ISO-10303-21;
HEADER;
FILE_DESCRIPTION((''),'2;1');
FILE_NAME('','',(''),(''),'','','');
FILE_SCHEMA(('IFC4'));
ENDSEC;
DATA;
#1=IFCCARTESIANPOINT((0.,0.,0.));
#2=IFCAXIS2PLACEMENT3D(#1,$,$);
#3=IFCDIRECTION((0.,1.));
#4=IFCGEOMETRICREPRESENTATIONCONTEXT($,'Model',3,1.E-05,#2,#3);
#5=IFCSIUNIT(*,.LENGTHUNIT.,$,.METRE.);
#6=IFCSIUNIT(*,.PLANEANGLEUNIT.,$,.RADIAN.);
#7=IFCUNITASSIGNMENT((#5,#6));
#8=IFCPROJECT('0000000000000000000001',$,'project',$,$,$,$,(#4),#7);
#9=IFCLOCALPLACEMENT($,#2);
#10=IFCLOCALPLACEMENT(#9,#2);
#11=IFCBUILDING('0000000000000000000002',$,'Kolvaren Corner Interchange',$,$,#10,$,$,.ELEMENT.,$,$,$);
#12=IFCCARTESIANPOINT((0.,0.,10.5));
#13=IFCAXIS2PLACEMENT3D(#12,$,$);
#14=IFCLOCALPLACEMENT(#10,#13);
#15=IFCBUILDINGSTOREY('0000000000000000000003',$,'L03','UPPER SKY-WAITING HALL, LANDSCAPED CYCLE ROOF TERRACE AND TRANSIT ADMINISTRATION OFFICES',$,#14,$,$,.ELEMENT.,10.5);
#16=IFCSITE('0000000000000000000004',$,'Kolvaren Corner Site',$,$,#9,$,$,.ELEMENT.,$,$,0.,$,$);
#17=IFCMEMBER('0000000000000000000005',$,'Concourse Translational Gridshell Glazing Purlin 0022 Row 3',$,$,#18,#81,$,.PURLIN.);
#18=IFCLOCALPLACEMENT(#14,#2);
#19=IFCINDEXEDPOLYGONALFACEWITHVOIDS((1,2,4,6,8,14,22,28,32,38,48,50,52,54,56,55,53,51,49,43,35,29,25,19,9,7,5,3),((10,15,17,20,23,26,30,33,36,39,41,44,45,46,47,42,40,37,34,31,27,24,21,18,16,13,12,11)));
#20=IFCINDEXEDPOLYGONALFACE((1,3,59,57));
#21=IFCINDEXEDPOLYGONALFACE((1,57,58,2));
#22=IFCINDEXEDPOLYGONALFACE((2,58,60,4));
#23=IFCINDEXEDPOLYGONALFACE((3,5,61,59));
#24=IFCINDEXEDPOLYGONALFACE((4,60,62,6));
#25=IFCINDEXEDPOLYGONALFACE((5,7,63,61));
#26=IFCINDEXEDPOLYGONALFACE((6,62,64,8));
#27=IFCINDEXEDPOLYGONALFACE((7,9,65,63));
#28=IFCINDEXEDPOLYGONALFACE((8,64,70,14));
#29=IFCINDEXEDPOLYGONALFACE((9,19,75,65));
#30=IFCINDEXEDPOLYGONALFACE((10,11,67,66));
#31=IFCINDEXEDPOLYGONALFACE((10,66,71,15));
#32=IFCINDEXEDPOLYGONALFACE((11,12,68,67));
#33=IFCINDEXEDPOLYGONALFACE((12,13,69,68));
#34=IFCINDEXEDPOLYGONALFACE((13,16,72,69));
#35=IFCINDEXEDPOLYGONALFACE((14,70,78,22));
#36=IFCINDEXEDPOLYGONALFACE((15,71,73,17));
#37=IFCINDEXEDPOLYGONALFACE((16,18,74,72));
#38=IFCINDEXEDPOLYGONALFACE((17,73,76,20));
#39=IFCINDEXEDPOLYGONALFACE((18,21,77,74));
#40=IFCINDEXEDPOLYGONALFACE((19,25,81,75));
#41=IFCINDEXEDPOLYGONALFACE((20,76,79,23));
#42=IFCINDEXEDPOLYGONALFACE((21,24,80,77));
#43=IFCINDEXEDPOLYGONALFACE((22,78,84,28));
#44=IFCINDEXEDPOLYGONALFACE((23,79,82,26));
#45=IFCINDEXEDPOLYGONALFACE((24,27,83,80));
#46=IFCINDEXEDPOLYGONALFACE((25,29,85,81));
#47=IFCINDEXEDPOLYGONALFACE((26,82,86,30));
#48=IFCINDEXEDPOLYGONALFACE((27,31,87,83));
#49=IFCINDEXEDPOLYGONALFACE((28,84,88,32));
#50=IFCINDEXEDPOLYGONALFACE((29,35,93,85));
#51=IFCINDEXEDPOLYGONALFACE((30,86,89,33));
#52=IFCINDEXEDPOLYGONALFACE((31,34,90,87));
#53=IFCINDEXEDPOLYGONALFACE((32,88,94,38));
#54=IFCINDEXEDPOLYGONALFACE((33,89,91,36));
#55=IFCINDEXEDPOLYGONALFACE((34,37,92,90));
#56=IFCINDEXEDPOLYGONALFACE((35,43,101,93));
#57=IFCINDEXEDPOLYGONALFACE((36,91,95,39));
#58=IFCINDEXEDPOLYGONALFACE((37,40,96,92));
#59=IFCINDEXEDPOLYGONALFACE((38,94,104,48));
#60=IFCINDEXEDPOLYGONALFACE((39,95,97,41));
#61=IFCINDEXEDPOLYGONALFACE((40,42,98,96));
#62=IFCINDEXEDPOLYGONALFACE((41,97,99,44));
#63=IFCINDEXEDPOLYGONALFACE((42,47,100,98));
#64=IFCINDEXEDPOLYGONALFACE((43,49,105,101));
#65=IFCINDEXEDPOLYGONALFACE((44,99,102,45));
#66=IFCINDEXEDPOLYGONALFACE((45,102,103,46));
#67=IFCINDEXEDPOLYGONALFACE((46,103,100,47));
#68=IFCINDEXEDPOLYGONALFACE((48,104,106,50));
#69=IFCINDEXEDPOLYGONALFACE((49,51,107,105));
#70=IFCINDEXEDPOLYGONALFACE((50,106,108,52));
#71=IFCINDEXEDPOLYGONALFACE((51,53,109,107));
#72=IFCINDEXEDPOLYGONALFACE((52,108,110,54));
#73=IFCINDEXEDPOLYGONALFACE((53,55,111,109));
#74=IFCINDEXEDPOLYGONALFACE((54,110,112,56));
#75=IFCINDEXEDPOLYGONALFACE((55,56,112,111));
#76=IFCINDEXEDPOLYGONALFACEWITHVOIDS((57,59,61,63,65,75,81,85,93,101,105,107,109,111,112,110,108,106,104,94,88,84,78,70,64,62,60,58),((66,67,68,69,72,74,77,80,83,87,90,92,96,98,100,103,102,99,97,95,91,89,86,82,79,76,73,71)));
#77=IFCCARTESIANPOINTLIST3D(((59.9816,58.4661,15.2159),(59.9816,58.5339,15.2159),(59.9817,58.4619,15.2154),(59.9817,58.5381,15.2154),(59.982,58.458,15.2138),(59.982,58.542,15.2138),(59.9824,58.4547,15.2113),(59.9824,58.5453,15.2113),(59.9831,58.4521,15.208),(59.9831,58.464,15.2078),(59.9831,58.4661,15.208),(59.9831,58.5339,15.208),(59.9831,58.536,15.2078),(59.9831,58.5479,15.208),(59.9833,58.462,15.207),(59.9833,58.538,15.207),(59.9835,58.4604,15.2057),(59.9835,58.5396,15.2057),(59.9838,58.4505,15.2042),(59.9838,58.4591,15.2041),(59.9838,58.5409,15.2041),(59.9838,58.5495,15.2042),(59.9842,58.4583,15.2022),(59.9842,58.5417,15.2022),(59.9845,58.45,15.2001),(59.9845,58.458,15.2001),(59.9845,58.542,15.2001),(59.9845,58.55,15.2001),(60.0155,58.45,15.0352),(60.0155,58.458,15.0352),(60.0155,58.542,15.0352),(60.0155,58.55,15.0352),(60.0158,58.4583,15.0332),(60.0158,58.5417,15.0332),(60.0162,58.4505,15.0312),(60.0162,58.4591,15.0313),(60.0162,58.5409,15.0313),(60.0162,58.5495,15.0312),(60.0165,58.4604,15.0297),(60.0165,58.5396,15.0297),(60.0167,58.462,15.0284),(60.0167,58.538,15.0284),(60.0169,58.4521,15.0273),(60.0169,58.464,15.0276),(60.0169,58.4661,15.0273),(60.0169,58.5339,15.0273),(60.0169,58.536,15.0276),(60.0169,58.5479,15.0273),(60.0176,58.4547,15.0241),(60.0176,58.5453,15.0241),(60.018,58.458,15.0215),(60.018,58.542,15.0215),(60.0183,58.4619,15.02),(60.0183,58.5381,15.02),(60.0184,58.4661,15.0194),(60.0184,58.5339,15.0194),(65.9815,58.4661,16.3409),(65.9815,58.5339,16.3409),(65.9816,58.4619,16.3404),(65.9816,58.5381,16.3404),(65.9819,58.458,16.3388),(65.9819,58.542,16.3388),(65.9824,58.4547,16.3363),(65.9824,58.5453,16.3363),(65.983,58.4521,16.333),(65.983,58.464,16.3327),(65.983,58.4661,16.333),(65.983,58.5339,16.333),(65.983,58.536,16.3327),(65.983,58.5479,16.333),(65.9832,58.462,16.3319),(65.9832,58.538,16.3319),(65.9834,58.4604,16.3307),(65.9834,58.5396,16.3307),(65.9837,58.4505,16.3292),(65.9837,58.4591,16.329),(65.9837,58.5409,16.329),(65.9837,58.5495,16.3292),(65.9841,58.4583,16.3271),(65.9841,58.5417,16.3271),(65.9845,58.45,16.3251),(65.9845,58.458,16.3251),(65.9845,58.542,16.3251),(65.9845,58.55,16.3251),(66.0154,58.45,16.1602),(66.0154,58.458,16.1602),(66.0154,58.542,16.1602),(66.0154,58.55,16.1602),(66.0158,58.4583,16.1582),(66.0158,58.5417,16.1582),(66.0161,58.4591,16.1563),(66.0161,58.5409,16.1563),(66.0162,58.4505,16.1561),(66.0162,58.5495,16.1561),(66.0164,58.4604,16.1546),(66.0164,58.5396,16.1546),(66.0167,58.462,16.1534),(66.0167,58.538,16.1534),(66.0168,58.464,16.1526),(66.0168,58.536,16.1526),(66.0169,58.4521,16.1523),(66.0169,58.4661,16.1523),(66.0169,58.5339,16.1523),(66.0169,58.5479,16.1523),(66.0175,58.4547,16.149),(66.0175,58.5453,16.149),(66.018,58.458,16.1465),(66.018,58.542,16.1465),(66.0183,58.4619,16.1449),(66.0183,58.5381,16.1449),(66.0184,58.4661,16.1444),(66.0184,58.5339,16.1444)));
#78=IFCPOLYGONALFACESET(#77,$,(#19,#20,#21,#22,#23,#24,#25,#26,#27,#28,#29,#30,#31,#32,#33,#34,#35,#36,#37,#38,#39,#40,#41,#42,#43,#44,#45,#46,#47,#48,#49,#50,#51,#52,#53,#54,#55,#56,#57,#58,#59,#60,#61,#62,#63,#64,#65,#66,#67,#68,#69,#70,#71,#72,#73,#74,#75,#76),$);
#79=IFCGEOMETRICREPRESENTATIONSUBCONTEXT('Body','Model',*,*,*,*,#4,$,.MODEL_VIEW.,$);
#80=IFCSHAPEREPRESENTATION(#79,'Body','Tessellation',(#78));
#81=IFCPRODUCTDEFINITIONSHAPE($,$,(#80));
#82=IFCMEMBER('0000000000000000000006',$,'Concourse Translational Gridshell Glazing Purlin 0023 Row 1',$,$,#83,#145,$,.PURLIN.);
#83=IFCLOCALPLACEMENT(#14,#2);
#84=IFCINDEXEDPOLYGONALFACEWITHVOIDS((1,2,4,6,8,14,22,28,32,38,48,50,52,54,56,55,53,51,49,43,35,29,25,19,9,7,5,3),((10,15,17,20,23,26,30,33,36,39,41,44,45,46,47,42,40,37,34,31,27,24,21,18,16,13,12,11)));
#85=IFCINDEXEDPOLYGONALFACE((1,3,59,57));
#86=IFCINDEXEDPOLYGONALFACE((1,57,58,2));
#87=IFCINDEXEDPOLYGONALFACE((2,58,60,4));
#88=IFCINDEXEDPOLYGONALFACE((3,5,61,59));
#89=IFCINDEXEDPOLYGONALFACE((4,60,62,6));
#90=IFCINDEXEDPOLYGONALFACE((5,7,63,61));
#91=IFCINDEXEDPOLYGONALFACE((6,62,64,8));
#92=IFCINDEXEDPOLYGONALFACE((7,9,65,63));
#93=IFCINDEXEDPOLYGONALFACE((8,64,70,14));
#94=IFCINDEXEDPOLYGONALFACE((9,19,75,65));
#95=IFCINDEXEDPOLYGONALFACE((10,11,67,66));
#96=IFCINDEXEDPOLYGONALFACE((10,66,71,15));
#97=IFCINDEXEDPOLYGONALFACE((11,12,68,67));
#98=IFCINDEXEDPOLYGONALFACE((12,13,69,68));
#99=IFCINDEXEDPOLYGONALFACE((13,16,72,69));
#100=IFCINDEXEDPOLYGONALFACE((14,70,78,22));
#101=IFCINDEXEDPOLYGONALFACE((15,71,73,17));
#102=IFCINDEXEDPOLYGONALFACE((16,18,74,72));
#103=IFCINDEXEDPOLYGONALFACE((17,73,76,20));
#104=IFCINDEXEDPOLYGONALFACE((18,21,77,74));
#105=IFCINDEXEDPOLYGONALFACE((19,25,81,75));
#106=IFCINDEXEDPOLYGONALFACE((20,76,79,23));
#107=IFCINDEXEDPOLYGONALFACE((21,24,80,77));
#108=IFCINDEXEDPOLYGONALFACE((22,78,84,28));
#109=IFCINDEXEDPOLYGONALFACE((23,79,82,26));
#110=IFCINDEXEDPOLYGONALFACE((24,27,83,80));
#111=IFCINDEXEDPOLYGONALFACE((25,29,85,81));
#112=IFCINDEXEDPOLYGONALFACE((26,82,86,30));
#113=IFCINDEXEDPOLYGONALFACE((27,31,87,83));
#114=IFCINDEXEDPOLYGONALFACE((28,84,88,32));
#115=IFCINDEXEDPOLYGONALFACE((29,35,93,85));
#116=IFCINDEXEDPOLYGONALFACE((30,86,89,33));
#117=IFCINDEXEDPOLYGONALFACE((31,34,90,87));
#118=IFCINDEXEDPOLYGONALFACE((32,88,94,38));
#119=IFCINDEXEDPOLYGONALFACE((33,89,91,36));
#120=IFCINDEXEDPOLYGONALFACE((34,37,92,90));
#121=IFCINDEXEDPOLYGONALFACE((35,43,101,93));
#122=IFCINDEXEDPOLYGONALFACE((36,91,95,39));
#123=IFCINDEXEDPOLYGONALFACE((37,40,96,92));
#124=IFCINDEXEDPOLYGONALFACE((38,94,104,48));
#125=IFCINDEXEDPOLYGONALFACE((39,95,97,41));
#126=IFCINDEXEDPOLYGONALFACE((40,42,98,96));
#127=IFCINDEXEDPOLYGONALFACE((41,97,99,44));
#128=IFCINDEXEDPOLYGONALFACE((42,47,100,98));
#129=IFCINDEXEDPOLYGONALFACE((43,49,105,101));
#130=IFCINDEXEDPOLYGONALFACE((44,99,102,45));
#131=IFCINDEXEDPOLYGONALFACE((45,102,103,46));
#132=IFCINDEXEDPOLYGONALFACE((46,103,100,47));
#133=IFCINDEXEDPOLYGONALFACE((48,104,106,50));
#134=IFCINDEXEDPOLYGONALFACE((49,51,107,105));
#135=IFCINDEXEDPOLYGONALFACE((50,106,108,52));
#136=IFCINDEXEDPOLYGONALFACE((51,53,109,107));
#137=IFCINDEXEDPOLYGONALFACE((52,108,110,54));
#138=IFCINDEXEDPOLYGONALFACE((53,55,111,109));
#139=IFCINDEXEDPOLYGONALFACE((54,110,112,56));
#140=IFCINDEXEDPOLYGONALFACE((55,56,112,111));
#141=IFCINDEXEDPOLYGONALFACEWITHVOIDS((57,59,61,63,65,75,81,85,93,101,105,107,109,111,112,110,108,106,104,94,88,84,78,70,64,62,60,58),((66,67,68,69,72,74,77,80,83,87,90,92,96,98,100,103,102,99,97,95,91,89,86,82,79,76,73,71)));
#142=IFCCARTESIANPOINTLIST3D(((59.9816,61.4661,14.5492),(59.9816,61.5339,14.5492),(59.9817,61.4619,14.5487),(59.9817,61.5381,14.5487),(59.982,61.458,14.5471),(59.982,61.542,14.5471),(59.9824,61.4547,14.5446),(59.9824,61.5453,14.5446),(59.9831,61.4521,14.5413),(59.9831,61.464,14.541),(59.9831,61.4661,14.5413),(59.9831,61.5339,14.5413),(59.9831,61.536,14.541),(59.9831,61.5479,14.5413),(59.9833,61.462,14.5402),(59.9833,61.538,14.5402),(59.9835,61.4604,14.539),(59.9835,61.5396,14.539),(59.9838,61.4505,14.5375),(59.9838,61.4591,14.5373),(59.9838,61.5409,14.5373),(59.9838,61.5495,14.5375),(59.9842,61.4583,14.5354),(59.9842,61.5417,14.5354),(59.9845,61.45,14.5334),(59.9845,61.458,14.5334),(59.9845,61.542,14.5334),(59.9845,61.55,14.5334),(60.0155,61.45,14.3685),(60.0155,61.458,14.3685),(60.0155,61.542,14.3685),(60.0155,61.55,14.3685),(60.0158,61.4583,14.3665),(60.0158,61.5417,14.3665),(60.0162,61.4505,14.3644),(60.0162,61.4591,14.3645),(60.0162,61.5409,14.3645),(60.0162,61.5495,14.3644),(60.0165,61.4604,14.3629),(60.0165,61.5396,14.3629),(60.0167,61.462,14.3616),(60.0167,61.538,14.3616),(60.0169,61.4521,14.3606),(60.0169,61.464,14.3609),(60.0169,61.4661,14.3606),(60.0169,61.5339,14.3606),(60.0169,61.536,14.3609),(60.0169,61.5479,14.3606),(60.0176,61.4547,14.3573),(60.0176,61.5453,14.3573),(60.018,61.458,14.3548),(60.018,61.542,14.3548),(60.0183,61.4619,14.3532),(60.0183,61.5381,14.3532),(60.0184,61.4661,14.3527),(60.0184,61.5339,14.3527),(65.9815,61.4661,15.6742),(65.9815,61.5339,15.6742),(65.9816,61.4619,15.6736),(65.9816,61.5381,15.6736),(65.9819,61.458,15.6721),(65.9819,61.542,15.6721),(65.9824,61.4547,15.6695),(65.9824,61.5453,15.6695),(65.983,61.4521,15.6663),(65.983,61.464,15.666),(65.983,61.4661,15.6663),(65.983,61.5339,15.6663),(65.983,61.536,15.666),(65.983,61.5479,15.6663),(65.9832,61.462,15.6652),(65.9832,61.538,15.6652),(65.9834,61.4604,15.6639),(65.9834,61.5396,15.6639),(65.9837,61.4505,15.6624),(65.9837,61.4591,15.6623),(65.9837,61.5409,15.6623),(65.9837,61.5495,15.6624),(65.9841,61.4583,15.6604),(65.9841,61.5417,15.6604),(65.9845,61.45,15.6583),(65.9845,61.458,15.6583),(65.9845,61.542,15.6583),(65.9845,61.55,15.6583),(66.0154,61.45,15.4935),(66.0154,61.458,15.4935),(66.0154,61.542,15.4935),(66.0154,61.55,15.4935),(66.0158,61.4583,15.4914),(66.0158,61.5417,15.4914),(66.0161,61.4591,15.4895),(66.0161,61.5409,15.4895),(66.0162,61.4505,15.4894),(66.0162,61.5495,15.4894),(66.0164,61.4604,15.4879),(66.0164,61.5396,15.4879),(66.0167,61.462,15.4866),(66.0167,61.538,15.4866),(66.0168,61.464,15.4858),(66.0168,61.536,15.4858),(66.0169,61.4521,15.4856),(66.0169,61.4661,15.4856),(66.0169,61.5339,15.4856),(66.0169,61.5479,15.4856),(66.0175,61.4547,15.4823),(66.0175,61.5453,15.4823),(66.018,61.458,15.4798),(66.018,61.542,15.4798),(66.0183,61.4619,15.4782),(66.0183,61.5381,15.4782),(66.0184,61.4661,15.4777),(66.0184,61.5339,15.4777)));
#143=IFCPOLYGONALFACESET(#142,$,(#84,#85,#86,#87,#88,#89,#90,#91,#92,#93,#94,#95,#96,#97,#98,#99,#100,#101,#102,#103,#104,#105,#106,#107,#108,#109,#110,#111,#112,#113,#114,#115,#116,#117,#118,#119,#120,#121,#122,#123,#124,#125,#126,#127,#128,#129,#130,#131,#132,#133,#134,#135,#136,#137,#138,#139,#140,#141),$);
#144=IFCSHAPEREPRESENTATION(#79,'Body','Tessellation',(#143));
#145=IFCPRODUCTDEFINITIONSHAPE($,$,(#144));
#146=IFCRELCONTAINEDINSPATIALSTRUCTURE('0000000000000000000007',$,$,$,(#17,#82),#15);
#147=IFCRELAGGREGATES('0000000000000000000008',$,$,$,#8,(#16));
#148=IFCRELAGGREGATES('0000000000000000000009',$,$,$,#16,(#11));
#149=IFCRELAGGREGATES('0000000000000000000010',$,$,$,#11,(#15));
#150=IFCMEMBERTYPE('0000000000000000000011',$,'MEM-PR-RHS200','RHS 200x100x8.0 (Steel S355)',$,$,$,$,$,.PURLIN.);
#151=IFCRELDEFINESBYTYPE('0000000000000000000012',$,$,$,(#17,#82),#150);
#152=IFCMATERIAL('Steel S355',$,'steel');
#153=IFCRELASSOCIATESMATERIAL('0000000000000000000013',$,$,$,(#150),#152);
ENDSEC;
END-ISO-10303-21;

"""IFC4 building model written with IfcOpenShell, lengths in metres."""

from ifc_helpers import new_model, si_unit, direction, frame, origin, origin_2d, place, context, subcontext, project, spatial, hollow_rectangle, extrude, material, material_profile, profile_set, type_object, element, save


model = new_model("IFC4")

# Units and contexts
model_context = context("Model", 3, precision=1e-05, world=origin(), true_north=direction((0.0, 1.0)))
body_context = subcontext(model_context, "Body", "Model", "MODEL_VIEW")
ifc_project = project(units=[si_unit("LENGTHUNIT", "METRE"), si_unit("PLANEANGLEUNIT", "RADIAN")], contexts=[model_context])

# Site, building, storey
site_placement = place(None, origin())
site = spatial("IfcSite", under=ifc_project, at=site_placement, Name="Kolvaren Corner Site", CompositionType="ELEMENT", RefElevation=0.0)
building_placement = place(site_placement, origin())
building = spatial("IfcBuilding", under=site, at=building_placement, Name="Kolvaren Corner Interchange", CompositionType="ELEMENT")
storey_placement = place(building_placement, frame((0.0, 0.0, 10.5)))
storey = spatial("IfcBuildingStorey", under=building, at=storey_placement, Name="L03", Description="UPPER SKY-WAITING HALL, LANDSCAPED CYCLE ROOF TERRACE AND TRANSIT ADMINISTRATION OFFICES", CompositionType="ELEMENT", Elevation=10.5)

# Members
ifc_material_1 = material(Name="Steel S355", Category="steel")
ifc_material_profile_1 = material_profile(ifc_material_1, hollow_rectangle(XDim=0.1001, YDim=0.2, WallThickness=0.0081, InnerFilletRadius=0.0081, OuterFilletRadius=0.0161, at=origin_2d()), Name="RHS 200x100x8.0")
ifc_profile_set_1 = profile_set([ifc_material_profile_1], Name="Steel S355")
member_type_1 = type_object("IfcMemberType", Name="MEM-PR-RHS200", Description="RHS 200x100x8.0 (Steel S355)", PredefinedType="PURLIN", material=ifc_profile_set_1)
for number, where, z_axis, x_axis, name in (
    (1, (60.0, 58.5, 15.1177), (0.982872, 0.0, 0.184289), (0.0, 1.0, 0.0), "Concourse Translational Gridshell Glazing Purlin 0022 Row 3"),
    (2, (60.0, 61.5, 14.4509), (0.982872, 0.0, 0.184289), (0.0, 1.0, 0.0), "Concourse Translational Gridshell Glazing Purlin 0023 Row 1"),
):
    element("IfcMember", number, at=place(storey_placement, frame(where, z_axis=z_axis, x_axis=x_axis)), inside=storey, type_object=member_type_1, Name=name, PredefinedType="PURLIN", context=body_context, shape_type="SweptSolid", body=[
        extrude(hollow_rectangle(XDim=0.1001, YDim=0.2, WallThickness=0.0081, InnerFilletRadius=0.0081, OuterFilletRadius=0.0161, at=origin_2d()), origin(), (0.0, 0.0, 1.0), 6.1045),
    ])

save(model, "model.ifc")
